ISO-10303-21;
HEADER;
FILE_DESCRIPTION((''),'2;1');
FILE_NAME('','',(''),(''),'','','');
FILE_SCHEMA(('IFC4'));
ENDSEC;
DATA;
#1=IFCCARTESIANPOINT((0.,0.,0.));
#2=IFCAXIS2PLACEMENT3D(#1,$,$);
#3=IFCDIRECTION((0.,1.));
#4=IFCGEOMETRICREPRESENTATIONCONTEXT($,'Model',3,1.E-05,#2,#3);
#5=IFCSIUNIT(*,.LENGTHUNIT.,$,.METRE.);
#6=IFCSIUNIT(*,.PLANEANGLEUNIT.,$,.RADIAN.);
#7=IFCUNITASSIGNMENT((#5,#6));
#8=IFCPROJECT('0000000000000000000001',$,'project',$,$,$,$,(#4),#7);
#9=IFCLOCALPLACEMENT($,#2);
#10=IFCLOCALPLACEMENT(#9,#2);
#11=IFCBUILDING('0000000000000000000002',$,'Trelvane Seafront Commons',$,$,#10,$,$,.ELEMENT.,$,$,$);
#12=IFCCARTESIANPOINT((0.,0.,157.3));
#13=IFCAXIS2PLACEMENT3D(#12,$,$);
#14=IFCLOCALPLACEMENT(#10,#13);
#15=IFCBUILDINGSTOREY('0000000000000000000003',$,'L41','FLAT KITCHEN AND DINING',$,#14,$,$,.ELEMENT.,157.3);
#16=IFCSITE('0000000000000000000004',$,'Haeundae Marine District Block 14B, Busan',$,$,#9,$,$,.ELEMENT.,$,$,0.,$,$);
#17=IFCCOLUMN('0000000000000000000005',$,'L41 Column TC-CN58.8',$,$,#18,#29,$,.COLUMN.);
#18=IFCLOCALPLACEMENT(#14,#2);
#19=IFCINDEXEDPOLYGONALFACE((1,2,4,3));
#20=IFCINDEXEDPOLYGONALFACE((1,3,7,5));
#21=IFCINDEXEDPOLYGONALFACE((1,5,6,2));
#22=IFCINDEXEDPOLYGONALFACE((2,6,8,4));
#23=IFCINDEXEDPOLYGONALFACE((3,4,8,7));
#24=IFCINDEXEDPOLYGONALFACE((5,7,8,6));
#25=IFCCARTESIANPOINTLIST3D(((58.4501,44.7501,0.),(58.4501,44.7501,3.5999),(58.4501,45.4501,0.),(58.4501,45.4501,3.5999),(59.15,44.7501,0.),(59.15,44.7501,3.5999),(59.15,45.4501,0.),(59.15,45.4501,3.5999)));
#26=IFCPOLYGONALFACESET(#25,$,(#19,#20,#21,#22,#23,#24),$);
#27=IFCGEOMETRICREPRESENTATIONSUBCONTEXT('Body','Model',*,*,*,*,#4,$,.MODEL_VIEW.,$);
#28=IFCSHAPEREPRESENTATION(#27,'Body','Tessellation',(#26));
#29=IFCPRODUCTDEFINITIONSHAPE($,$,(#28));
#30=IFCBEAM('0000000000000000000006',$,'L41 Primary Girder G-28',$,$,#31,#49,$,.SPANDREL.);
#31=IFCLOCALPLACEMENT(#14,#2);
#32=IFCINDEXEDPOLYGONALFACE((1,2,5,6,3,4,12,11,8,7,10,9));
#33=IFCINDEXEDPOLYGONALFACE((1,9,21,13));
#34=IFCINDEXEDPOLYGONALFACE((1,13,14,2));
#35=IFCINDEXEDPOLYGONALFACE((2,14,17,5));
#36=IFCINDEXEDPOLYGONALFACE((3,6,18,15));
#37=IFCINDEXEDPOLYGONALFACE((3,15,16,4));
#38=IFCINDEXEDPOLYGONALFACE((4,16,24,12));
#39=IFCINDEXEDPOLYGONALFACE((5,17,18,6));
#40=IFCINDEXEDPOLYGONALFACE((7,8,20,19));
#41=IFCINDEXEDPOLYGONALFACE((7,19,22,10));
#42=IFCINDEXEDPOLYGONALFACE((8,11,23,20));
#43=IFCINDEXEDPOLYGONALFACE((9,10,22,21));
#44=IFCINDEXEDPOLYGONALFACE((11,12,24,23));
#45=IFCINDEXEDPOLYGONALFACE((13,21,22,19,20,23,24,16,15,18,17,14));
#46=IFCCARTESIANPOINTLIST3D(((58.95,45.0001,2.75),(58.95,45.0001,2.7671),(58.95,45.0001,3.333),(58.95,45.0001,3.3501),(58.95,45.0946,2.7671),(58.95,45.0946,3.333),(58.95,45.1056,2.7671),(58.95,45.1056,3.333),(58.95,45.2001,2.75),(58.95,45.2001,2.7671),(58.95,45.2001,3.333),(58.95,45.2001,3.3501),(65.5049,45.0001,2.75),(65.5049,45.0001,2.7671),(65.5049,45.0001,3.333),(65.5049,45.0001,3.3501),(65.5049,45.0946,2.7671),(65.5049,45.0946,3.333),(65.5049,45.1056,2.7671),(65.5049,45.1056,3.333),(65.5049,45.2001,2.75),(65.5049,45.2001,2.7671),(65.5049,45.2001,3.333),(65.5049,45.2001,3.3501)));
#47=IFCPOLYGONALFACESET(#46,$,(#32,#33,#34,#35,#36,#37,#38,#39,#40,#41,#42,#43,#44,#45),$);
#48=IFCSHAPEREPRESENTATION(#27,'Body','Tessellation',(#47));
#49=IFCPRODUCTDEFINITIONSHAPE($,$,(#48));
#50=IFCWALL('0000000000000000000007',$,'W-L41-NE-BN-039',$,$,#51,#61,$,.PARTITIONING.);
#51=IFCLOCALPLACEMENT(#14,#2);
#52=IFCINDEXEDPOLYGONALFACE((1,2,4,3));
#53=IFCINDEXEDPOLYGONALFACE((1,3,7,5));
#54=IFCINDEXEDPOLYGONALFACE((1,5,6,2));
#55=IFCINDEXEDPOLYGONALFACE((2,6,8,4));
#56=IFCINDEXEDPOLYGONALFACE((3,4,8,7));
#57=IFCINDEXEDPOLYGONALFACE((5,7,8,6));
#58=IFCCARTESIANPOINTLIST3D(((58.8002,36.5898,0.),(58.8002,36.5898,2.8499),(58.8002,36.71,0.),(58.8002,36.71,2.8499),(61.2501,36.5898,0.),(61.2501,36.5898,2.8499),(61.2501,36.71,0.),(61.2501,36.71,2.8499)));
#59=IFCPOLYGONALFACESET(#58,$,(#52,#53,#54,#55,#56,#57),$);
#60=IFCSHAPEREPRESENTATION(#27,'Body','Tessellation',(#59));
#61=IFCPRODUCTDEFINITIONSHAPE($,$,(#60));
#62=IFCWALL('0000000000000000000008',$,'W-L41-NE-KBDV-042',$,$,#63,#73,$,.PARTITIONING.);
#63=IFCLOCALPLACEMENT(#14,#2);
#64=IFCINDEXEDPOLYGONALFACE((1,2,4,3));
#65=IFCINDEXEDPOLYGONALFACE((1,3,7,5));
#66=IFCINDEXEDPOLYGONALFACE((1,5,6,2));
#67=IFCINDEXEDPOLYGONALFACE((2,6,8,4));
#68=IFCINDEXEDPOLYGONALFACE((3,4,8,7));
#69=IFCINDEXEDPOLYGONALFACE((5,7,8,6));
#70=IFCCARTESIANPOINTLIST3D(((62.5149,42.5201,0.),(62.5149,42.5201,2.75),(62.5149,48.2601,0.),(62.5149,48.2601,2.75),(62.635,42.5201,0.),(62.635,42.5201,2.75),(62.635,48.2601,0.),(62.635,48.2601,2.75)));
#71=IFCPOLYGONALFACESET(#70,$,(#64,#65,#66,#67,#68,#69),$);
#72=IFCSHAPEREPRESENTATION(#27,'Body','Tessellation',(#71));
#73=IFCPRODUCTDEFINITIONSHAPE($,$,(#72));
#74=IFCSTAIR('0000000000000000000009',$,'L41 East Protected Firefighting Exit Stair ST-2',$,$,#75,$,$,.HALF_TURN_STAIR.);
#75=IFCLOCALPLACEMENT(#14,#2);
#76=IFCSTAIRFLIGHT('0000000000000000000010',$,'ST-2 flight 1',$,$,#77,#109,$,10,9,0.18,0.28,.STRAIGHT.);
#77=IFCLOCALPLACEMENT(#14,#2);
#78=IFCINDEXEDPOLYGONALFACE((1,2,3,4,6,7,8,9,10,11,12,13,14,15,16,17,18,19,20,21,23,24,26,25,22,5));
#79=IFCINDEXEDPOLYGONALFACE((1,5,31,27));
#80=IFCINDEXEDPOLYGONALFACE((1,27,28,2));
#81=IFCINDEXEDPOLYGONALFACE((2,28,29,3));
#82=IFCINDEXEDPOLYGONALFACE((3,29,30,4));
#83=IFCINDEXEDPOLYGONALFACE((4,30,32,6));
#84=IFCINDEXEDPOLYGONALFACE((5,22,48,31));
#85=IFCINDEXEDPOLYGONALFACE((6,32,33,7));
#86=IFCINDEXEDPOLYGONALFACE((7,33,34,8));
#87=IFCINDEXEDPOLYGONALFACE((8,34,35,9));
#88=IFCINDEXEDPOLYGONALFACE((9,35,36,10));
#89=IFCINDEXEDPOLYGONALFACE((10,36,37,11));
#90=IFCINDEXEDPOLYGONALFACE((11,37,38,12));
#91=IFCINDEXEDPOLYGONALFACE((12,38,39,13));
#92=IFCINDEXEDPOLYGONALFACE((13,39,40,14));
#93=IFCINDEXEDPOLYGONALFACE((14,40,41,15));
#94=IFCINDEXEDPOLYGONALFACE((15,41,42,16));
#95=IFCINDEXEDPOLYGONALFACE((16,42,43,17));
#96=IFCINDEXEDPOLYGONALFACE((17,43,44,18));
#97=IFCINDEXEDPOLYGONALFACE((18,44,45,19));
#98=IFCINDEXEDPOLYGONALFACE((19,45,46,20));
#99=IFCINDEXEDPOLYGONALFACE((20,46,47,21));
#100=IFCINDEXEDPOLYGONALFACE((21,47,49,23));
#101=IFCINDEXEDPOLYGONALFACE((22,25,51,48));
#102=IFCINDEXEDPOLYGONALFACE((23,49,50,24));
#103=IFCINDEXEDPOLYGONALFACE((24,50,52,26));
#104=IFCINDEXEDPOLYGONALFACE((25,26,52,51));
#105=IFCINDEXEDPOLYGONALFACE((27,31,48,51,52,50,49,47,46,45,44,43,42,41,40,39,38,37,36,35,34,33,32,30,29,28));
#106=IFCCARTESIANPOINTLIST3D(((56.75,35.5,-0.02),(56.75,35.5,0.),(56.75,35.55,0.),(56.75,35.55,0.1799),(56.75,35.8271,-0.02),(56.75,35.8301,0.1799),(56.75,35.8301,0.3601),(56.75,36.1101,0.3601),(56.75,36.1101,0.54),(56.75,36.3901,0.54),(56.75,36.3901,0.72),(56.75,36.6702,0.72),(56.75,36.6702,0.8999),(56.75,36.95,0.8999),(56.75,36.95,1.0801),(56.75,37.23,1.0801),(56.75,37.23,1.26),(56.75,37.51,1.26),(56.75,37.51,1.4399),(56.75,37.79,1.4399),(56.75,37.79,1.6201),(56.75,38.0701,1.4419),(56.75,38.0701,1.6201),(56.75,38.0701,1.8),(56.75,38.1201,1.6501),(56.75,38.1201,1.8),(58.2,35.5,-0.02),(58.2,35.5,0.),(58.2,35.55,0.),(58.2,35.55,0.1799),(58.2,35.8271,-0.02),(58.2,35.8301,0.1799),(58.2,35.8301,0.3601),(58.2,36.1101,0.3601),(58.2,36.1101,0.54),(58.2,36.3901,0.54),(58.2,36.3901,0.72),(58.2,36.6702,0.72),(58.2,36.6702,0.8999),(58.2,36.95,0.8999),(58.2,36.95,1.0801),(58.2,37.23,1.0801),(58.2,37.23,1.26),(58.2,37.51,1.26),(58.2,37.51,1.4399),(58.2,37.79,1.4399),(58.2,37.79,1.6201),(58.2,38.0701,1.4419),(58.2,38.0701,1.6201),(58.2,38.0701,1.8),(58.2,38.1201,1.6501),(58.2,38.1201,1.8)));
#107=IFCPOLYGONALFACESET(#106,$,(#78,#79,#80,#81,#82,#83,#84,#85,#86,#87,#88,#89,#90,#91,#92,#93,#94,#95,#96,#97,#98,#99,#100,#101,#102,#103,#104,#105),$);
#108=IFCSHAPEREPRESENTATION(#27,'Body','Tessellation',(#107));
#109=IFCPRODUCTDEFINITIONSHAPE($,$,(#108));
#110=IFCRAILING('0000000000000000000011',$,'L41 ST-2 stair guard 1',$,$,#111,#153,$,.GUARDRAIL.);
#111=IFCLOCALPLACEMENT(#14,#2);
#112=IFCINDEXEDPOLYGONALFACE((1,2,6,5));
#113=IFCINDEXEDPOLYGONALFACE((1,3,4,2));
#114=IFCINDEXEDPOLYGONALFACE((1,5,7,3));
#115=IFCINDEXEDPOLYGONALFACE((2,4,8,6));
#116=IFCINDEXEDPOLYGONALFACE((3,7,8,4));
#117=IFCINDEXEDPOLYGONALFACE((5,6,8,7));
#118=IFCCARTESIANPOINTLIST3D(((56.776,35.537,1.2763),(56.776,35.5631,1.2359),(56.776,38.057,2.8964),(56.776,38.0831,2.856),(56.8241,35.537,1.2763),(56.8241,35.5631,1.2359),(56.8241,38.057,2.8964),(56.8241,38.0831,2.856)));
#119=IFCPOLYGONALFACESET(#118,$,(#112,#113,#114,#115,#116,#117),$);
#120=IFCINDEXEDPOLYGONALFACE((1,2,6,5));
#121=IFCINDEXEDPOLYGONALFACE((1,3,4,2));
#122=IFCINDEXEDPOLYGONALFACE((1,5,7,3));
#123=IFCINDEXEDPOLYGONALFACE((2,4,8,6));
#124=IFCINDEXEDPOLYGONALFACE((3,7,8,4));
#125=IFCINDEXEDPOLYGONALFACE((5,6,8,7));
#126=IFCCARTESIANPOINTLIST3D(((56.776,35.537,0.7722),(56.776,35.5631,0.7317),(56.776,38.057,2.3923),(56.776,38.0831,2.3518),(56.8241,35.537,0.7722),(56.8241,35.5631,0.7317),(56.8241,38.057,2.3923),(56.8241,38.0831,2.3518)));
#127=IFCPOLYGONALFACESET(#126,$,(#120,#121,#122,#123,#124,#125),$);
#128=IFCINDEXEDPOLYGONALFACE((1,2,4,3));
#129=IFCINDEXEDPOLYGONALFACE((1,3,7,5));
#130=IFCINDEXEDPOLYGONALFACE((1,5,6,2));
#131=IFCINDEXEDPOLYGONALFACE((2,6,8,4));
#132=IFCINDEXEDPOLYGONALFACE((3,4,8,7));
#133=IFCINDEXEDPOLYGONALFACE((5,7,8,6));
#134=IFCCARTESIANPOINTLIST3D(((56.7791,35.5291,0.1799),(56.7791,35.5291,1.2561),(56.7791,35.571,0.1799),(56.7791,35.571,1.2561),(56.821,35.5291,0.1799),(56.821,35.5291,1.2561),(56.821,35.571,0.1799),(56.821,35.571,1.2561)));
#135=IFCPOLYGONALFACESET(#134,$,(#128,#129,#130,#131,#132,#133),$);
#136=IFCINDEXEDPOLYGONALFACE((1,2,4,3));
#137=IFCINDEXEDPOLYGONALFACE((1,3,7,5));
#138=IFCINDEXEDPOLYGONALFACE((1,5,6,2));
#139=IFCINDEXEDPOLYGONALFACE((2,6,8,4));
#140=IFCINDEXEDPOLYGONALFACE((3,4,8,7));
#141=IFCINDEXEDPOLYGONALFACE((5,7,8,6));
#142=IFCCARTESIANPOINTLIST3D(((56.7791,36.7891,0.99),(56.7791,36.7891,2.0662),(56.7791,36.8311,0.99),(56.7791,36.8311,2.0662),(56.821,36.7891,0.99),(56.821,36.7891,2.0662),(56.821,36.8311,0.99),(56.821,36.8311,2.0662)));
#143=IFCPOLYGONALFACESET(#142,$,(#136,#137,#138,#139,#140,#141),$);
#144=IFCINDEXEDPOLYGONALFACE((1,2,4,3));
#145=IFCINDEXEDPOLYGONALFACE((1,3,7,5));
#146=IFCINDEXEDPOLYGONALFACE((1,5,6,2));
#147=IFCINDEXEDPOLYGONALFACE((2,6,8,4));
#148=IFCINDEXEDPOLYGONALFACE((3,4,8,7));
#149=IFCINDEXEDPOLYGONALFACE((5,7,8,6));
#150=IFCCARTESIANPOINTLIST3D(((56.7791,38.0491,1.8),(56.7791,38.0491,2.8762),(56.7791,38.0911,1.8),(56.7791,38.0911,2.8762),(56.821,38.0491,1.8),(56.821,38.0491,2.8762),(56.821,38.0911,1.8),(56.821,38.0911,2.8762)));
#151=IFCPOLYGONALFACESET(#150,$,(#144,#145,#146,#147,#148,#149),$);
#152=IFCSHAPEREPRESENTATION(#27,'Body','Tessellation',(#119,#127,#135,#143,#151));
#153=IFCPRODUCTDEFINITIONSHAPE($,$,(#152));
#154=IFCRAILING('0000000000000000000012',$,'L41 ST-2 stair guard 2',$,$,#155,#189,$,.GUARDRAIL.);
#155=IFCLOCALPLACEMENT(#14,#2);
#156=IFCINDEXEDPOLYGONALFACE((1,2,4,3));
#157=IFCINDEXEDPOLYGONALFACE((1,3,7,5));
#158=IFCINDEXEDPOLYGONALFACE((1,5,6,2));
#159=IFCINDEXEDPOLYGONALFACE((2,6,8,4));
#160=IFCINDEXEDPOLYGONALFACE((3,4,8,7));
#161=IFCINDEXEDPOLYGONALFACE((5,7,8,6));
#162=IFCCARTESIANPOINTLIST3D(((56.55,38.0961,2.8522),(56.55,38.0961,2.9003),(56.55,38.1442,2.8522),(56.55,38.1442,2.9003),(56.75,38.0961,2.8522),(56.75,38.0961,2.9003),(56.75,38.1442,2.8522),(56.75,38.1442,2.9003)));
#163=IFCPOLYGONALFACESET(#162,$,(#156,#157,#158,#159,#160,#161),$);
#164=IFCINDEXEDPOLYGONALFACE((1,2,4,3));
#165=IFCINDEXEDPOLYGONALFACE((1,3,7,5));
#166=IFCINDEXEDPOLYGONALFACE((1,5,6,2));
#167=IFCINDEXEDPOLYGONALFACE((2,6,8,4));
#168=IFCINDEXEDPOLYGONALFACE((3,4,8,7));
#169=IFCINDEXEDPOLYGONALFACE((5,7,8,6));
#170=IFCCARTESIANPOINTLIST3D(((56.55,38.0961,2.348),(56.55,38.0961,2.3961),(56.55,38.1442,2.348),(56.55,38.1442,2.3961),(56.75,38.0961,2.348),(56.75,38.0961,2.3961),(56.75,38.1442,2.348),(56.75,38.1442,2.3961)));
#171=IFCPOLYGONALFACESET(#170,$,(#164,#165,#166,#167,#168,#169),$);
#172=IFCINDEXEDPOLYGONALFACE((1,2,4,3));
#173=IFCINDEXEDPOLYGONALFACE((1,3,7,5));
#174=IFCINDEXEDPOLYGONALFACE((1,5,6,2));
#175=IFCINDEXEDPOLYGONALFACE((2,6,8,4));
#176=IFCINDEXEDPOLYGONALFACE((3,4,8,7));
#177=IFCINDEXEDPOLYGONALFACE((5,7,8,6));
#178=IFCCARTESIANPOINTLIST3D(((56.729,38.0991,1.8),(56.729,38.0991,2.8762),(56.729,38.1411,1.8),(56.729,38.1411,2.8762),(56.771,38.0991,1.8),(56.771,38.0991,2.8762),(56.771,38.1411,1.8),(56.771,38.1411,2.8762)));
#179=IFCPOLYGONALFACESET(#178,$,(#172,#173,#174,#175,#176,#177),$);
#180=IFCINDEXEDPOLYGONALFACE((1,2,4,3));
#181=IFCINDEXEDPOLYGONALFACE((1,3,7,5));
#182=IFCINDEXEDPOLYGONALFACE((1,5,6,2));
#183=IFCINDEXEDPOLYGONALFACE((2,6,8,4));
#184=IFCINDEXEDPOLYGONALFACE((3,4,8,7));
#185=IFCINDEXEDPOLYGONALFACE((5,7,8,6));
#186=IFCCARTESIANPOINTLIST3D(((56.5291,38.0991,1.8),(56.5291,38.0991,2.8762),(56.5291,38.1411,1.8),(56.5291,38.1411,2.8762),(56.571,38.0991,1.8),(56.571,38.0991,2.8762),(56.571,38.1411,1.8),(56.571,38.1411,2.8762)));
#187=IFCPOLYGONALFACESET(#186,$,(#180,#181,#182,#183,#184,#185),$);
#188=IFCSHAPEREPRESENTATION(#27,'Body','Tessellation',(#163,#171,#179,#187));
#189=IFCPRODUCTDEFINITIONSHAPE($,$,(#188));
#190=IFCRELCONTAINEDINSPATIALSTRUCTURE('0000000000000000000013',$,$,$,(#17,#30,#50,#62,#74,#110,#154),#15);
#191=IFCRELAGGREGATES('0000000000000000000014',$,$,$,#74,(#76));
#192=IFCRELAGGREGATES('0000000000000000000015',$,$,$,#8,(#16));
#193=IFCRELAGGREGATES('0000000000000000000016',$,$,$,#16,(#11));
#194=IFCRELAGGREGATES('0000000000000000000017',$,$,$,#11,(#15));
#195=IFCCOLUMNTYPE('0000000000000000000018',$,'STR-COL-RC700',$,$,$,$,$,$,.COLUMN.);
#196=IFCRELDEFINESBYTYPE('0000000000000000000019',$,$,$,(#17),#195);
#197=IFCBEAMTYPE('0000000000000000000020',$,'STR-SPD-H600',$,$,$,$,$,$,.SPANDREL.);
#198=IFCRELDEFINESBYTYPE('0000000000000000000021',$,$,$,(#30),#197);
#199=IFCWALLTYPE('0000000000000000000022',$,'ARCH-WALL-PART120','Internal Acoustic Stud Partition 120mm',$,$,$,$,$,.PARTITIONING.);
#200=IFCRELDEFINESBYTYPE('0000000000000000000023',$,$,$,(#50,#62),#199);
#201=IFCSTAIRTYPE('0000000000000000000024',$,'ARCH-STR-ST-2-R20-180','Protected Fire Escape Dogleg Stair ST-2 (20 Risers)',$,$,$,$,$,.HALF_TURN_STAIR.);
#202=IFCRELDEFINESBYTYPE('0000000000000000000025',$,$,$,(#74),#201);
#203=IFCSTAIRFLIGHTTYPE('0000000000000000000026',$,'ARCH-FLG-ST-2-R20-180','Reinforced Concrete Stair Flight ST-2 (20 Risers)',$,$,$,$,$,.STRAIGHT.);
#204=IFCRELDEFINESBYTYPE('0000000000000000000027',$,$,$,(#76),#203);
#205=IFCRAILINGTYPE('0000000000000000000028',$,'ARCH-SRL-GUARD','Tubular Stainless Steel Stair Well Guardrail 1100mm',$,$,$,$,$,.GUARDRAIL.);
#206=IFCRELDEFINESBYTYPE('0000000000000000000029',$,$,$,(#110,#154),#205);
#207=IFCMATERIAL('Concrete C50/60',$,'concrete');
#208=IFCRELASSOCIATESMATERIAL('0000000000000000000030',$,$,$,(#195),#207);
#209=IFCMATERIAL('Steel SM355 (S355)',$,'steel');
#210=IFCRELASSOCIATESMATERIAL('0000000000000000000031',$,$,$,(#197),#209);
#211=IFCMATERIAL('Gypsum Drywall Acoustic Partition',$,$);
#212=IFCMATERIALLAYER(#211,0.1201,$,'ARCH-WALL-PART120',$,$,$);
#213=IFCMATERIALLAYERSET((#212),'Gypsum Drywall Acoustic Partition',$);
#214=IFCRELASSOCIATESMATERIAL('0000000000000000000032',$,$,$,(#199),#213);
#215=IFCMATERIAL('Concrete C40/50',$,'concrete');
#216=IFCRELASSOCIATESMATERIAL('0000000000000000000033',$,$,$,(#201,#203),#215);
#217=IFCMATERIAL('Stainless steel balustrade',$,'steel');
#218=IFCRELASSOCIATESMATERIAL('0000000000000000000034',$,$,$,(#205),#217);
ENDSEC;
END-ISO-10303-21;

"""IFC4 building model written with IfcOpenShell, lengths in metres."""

from ifc_helpers import new_model, si_unit, direction, frame, frame_2d, origin, origin_2d, place, context, subcontext, project, spatial, polyline, rectangle, i_section, outline, extrude, source, transform, mapped, material, layer, layer_set, material_profile, profile_set, type_object, element, aggregate, save


model = new_model("IFC4")

# Units and contexts
model_context = context("Model", 3, precision=1e-05, world=origin(), true_north=direction((0.0, 1.0)))
body_context = subcontext(model_context, "Body", "Model", "MODEL_VIEW")
ifc_project = project(units=[si_unit("LENGTHUNIT", "METRE"), si_unit("PLANEANGLEUNIT", "RADIAN")], contexts=[model_context])

# Site, building, storey
site_placement = place(None, origin())
site = spatial("IfcSite", under=ifc_project, at=site_placement, Name="Haeundae Marine District Block 14B, Busan", CompositionType="ELEMENT", RefElevation=0.0)
building_placement = place(site_placement, origin())
building = spatial("IfcBuilding", under=site, at=building_placement, Name="Trelvane Seafront Commons", CompositionType="ELEMENT")
storey_placement = place(building_placement, frame((0.0, 0.0, 157.3)))
storey = spatial("IfcBuildingStorey", under=building, at=storey_placement, Name="L41", Description="FLAT KITCHEN AND DINING", CompositionType="ELEMENT", Elevation=157.3)

# Column
ifc_material_1 = material(Name="Concrete C50/60", Category="concrete")
ifc_material_profile_1 = material_profile(ifc_material_1, rectangle(XDim=0.7, YDim=0.7, at=origin_2d()), Name="RC-700x700")
ifc_profile_set_1 = profile_set([ifc_material_profile_1], Name="Concrete C50/60")
column_type = type_object("IfcColumnType", Name="STR-COL-RC700", PredefinedType="COLUMN", material=ifc_profile_set_1)
shared_shape_1 = source(origin(), body_context, "Body", "SweptSolid", [
    extrude(rectangle(XDim=0.7, YDim=0.7, at=origin_2d()), origin(), (0.0, 0.0, 1.0), 3.5999),
])
column_placement = place(storey_placement, frame((58.8, 45.1001, 0.0), z_axis=(0.0, 0.0, 1.0), x_axis=(1.0, 0.0, 0.0)))
element("IfcColumn", 1, at=column_placement, inside=storey, type_object=column_type, Name="L41 Column TC-CN58.8", PredefinedType="COLUMN", context=body_context, shape_type="MappedRepresentation", body=[
    mapped(shared_shape_1, transform((0.0, 0.0, 0.0), x_axis=(1.0, 0.0, 0.0), y_axis=(0.0, 1.0, 0.0), z_axis=(0.0, 0.0, 1.0), scale=1.0)),
])

# Beam
ifc_material_2 = material(Name="Steel SM355 (S355)", Category="steel")
ifc_material_profile_2 = material_profile(ifc_material_2, i_section(OverallWidth=0.2, OverallDepth=0.6001, WebThickness=0.011, FlangeThickness=0.0171, at=origin_2d()), Name="H-600x200x11x17")
ifc_profile_set_2 = profile_set([ifc_material_profile_2], Name="Steel SM355 (S355)")
beam_type = type_object("IfcBeamType", Name="STR-SPD-H600", PredefinedType="SPANDREL", material=ifc_profile_set_2)
shared_shape_2 = source(origin(), body_context, "Body", "SweptSolid", [
    extrude(i_section(OverallWidth=0.2, OverallDepth=0.6001, WebThickness=0.011, FlangeThickness=0.0171, at=origin_2d()), origin(), (0.0, 0.0, 1.0), 6.5549),
])
beam_placement = place(storey_placement, frame((58.95, 45.1001, 3.05), z_axis=(1.0, 0.0, 0.0), x_axis=(0.0, 1.0, 0.0)))
element("IfcBeam", 2, at=beam_placement, inside=storey, type_object=beam_type, Name="L41 Primary Girder G-28", PredefinedType="SPANDREL", context=body_context, shape_type="MappedRepresentation", body=[
    mapped(shared_shape_2, transform((0.0, 0.0, 0.0), x_axis=(1.0, 0.0, 0.0), y_axis=(0.0, 1.0, 0.0), z_axis=(0.0, 0.0, 1.0), scale=1.0)),
])

# Wall
ifc_material_3 = material(Name="Gypsum Drywall Acoustic Partition")
ifc_layer_1 = layer(ifc_material_3, 0.1201, Name="ARCH-WALL-PART120")
ifc_layer_set_1 = layer_set([ifc_layer_1], Name="Gypsum Drywall Acoustic Partition")
wall_type_1 = type_object("IfcWallType", Name="ARCH-WALL-PART120", Description="Internal Acoustic Stud Partition 120mm", PredefinedType="PARTITIONING", material=ifc_layer_set_1)
wall_1_placement = place(storey_placement, frame((58.8, 36.6499, 0.0), z_axis=(0.0, 0.0, 1.0), x_axis=(1.0, 0.0, 0.0)))
element("IfcWall", 3, at=wall_1_placement, inside=storey, type_object=wall_type_1, Name="W-L41-NE-BN-039", PredefinedType="PARTITIONING", context=body_context, shape_type="SweptSolid", body=[
    extrude(rectangle(XDim=2.45, YDim=0.1201, at=frame_2d((1.2251, 0.0))), origin(), (0.0, 0.0, 1.0), 2.8499),
])

# Wall
wall_2_placement = place(storey_placement, frame((62.575, 42.52, 0.0), z_axis=(0.0, 0.0, 1.0), x_axis=(0.0, 1.0, 0.0)))
element("IfcWall", 4, at=wall_2_placement, inside=storey, type_object=wall_type_1, Name="W-L41-NE-KBDV-042", PredefinedType="PARTITIONING", context=body_context, shape_type="SweptSolid", body=[
    extrude(rectangle(XDim=5.74, YDim=0.1201, at=frame_2d((2.8701, 0.0))), origin(), (0.0, 0.0, 1.0), 2.75),
])

# Stair, stair flight
ifc_material_4 = material(Name="Concrete C40/50", Category="concrete")
stair_type = type_object("IfcStairType", Name="ARCH-STR-ST-2-R20-180", Description="Protected Fire Escape Dogleg Stair ST-2 (20 Risers)", PredefinedType="HALF_TURN_STAIR", material=ifc_material_4)
stair_placement = place(storey_placement, origin())
stair = element("IfcStair", 5, at=stair_placement, inside=storey, type_object=stair_type, Name="L41 East Protected Firefighting Exit Stair ST-2", PredefinedType="HALF_TURN_STAIR")
stair_flight_type = type_object("IfcStairFlightType", Name="ARCH-FLG-ST-2-R20-180", Description="Reinforced Concrete Stair Flight ST-2 (20 Risers)", PredefinedType="STRAIGHT", material=ifc_material_4)
shared_shape_3 = source(origin(), body_context, "Body", "SweptSolid", [
    extrude(outline(polyline([(-0.05, -0.02), (-0.05, 0.0), (0.0, 0.0), (0.0, 0.1799), (0.28, 0.1799), (0.28, 0.3601), (0.5601, 0.3601), (0.5601, 0.54), (0.8401, 0.54), (0.8401, 0.72), (1.1201, 0.72), (1.1201, 0.8999), (1.3999, 0.8999), (1.3999, 1.0801), (1.6799, 1.0801), (1.6799, 1.26), (1.96, 1.26), (1.96, 1.4399), (2.24, 1.4399), (2.24, 1.6201), (2.52, 1.6201), (2.52, 1.8), (2.5701, 1.8), (2.5701, 1.6501), (2.52, 1.4419), (0.2771, -0.02), (-0.05, -0.02)])), frame((0.0, 0.7251, 0.0), z_axis=(0.0, -1.0, 0.0), x_axis=(1.0, 0.0, 0.0)), (0.0, 0.0, 1.0), 1.45),
])
stair_flight_placement = place(storey_placement, frame((57.4751, 35.55, 0.0), z_axis=(0.0, 0.0, 1.0), x_axis=(0.0, 1.0, 0.0)))
stair_flight = element("IfcStairFlight", 6, at=stair_flight_placement, type_object=stair_flight_type, Name="ST-2 flight 1", NumberOfRisers=10, NumberOfTreads=9, PredefinedType="STRAIGHT", RiserHeight=0.18, TreadLength=0.28, context=body_context, shape_type="MappedRepresentation", body=[
    mapped(shared_shape_3, transform((0.0, 0.0, 0.0), x_axis=(1.0, 0.0, 0.0), y_axis=(0.0, 1.0, 0.0), z_axis=(0.0, 0.0, 1.0), scale=1.0)),
])
aggregate(stair, [stair_flight])

# Railings
ifc_material_5 = material(Name="Stainless steel balustrade", Category="steel")
railing_type_1 = type_object("IfcRailingType", Name="ARCH-SRL-GUARD", Description="Tubular Stainless Steel Stair Well Guardrail 1100mm", PredefinedType="GUARDRAIL", material=ifc_material_5)
railing_1_placement = place(storey_placement, frame((56.8, 35.55, 0.1799)))
element("IfcRailing", 7, at=railing_1_placement, inside=storey, type_object=railing_type_1, Name="L41 ST-2 stair guard 1", PredefinedType="GUARDRAIL", context=body_context, shape_type="SweptSolid", body=[
    extrude(rectangle(XDim=0.0481, YDim=0.0481, at=origin_2d()), frame((0.0, 0.0, 1.0762), z_axis=(0.0, 0.841163, 0.540782), x_axis=(-1.0, 0.0, 0.0)), (0.0, 0.0, 1.0), 2.9958),
    extrude(rectangle(XDim=0.0481, YDim=0.0481, at=origin_2d()), frame((0.0, 0.0, 0.572), z_axis=(0.0, 0.841163, 0.540782), x_axis=(-1.0, 0.0, 0.0)), (0.0, 0.0, 1.0), 2.9958),
    extrude(rectangle(XDim=0.042, YDim=0.042, at=origin_2d()), origin(), (0.0, 0.0, 1.0), 1.0762),
    extrude(rectangle(XDim=0.042, YDim=0.042, at=origin_2d()), frame((0.0, 1.26, 0.8101)), (0.0, 0.0, 1.0), 1.0762),
    extrude(rectangle(XDim=0.042, YDim=0.042, at=origin_2d()), frame((0.0, 2.52, 1.6201)), (0.0, 0.0, 1.0), 1.0762),
])
railing_2_placement = place(storey_placement, frame((56.75, 38.1201, 1.8)))
element("IfcRailing", 8, at=railing_2_placement, inside=storey, type_object=railing_type_1, Name="L41 ST-2 stair guard 2", PredefinedType="GUARDRAIL", context=body_context, shape_type="SweptSolid", body=[
    extrude(rectangle(XDim=0.0481, YDim=0.0481, at=origin_2d()), frame((0.0, 0.0, 1.0762), z_axis=(-1.0, 0.0, 0.0), x_axis=(0.0, -1.0, 0.0)), (0.0, 0.0, 1.0), 0.2),
    extrude(rectangle(XDim=0.0481, YDim=0.0481, at=origin_2d()), frame((0.0, 0.0, 0.572), z_axis=(-1.0, 0.0, 0.0), x_axis=(0.0, -1.0, 0.0)), (0.0, 0.0, 1.0), 0.2),
    extrude(rectangle(XDim=0.042, YDim=0.042, at=origin_2d()), origin(), (0.0, 0.0, 1.0), 1.0762),
    extrude(rectangle(XDim=0.042, YDim=0.042, at=origin_2d()), frame((-0.2, 0.0, 0.0)), (0.0, 0.0, 1.0), 1.0762),
])

save(model, "model.ifc")
